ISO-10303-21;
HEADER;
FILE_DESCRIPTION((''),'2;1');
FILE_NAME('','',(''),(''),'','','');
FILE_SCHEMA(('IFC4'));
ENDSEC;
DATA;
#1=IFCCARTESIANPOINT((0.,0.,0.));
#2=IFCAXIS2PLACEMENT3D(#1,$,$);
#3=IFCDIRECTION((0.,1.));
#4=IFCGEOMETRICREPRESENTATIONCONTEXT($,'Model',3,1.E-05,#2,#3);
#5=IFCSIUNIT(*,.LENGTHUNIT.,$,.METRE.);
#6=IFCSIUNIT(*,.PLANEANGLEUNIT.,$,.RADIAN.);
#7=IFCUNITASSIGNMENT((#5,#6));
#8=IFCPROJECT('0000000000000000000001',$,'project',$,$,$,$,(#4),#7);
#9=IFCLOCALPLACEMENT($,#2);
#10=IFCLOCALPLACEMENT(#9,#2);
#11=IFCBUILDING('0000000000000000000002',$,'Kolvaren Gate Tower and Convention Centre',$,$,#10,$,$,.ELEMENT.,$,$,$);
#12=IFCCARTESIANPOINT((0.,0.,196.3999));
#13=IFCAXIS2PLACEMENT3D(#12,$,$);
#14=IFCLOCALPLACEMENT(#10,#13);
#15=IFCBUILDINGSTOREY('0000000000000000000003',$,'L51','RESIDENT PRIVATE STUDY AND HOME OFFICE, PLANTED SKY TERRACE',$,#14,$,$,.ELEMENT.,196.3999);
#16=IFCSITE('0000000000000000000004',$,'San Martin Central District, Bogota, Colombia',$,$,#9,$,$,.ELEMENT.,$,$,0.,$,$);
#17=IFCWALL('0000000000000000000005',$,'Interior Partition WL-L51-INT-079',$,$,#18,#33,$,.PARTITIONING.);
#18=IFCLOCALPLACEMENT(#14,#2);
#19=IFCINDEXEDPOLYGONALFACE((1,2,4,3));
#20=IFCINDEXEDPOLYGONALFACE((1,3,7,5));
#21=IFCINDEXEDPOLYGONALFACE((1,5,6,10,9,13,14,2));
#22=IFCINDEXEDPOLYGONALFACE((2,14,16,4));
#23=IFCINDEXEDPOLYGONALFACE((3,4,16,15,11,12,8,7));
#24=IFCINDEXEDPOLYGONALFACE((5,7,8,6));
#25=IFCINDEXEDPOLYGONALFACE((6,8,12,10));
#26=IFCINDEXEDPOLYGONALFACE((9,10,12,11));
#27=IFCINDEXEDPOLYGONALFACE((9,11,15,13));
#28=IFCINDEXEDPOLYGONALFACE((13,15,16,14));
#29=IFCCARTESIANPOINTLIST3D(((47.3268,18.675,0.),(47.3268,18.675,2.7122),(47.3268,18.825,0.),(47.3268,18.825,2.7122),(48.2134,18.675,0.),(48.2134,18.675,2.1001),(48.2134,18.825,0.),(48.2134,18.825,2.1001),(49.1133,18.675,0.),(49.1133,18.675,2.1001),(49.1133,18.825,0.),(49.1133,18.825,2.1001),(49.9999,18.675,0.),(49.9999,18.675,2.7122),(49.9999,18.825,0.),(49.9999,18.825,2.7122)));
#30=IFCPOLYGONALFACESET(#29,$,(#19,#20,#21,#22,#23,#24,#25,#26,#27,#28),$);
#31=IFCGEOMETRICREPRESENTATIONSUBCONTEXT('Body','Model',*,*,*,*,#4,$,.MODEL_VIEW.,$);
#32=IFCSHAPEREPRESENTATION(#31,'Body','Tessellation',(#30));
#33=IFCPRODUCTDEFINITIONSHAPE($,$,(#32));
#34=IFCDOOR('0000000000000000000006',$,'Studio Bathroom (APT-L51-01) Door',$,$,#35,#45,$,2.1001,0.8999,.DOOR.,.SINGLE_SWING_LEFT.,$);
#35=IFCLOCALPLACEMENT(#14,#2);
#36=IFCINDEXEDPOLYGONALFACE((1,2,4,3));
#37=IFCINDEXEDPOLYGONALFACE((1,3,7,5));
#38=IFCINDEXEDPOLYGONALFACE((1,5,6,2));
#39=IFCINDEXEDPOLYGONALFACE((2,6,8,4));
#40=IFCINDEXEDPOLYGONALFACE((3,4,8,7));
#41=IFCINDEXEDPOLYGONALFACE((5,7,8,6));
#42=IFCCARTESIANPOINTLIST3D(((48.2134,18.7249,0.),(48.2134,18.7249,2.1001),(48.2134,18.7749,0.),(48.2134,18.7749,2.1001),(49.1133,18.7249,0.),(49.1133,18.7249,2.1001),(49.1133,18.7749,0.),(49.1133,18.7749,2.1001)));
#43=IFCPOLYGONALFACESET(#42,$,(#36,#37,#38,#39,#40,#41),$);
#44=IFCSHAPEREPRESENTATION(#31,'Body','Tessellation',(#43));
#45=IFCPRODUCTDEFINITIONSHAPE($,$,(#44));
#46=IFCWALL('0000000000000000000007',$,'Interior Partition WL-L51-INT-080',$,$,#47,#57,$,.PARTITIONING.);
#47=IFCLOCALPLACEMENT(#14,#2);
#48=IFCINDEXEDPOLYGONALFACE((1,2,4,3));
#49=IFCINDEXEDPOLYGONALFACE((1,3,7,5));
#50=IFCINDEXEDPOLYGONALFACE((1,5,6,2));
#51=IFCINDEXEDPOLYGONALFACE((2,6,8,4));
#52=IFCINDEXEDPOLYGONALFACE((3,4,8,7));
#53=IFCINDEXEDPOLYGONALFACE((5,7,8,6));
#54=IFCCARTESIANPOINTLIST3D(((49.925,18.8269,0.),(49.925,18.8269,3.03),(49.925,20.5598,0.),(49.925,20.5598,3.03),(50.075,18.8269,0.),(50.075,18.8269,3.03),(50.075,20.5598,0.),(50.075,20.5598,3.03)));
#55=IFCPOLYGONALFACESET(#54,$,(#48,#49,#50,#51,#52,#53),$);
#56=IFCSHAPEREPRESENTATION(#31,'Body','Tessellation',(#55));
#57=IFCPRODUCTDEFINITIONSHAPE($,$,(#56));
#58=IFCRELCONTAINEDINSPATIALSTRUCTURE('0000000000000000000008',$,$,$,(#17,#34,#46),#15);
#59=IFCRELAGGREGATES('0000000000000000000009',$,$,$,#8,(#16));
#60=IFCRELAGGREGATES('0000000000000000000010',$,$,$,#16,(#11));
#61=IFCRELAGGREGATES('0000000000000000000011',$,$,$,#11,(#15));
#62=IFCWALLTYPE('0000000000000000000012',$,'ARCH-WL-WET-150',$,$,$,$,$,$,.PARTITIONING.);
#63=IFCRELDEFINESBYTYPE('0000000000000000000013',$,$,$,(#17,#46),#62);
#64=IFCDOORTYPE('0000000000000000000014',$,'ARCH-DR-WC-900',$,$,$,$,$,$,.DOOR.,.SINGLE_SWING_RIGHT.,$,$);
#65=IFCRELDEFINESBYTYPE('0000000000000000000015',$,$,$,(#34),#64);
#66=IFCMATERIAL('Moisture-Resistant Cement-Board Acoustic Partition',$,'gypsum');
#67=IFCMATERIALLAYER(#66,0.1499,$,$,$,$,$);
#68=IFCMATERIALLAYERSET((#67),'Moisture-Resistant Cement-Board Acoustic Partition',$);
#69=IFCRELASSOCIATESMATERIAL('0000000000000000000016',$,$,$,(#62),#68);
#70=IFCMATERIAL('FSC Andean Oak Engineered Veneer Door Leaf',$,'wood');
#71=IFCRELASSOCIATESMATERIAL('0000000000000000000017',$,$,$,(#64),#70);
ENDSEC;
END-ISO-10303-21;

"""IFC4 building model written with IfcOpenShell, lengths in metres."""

from ifc_helpers import new_model, si_unit, direction, frame, frame_2d, origin, place, context, subcontext, project, spatial, rectangle, extrude, material, layer, layer_set, type_object, element, fill, save


model = new_model("IFC4")

# Units and contexts
model_context = context("Model", 3, precision=1e-05, world=origin(), true_north=direction((0.0, 1.0)))
body_context = subcontext(model_context, "Body", "Model", "MODEL_VIEW")
ifc_project = project(units=[si_unit("LENGTHUNIT", "METRE"), si_unit("PLANEANGLEUNIT", "RADIAN")], contexts=[model_context])

# Site, building, storey
site_placement = place(None, origin())
site = spatial("IfcSite", under=ifc_project, at=site_placement, Name="San Martin Central District, Bogota, Colombia", CompositionType="ELEMENT", RefElevation=0.0)
building_placement = place(site_placement, origin())
building = spatial("IfcBuilding", under=site, at=building_placement, Name="Kolvaren Gate Tower and Convention Centre", CompositionType="ELEMENT")
storey_placement = place(building_placement, frame((0.0, 0.0, 196.3999)))
storey = spatial("IfcBuildingStorey", under=building, at=storey_placement, Name="L51", Description="RESIDENT PRIVATE STUDY AND HOME OFFICE, PLANTED SKY TERRACE", CompositionType="ELEMENT", Elevation=196.3999)

# Shared definitions
ifc_material_1 = material(Name="Moisture-Resistant Cement-Board Acoustic Partition", Category="gypsum")
ifc_layer_1 = layer(ifc_material_1, 0.1499)
ifc_layer_set_1 = layer_set([ifc_layer_1], Name="Moisture-Resistant Cement-Board Acoustic Partition")
wall_type_1 = type_object("IfcWallType", Name="ARCH-WL-WET-150", PredefinedType="PARTITIONING", material=ifc_layer_set_1)

# Wall, opening, door
wall_1_placement = place(storey_placement, frame((47.3269, 18.75, 0.0), z_axis=(0.0, 0.0, 1.0), x_axis=(1.0, 0.0, 0.0)))
wall_1 = element("IfcWall", 1, at=wall_1_placement, inside=storey, type_object=wall_type_1, Name="Interior Partition WL-L51-INT-079", PredefinedType="PARTITIONING", context=body_context, shape_type="SweptSolid", body=[
    extrude(rectangle(XDim=2.6731, YDim=0.1499, at=frame_2d((1.3364, 0.0))), origin(), (0.0, 0.0, 1.0), 2.7122),
])
opening_1_placement = place(wall_1_placement, frame((0.8865, 0.0, 0.0)))
opening_1 = element("IfcOpeningElement", 2, at=opening_1_placement, cuts=wall_1, PredefinedType="OPENING", context=body_context, shape_type="SweptSolid", body=[
    extrude(rectangle(XDim=0.8999, YDim=2.1001, at=frame_2d((0.45, 1.05))), frame((0.0, 0.085, 0.0), z_axis=(0.0, -1.0, 0.0), x_axis=(1.0, 0.0, 0.0)), (0.0, 0.0, 1.0), 0.1699),
])
ifc_material_2 = material(Name="FSC Andean Oak Engineered Veneer Door Leaf", Category="wood")
door_type_1 = type_object("IfcDoorType", Name="ARCH-DR-WC-900", OperationType="SINGLE_SWING_RIGHT", PredefinedType="DOOR", material=ifc_material_2)
door_1_placement = place(opening_1_placement, origin())
door_1 = element("IfcDoor", 3, at=door_1_placement, inside=storey, type_object=door_type_1, Name="Studio Bathroom (APT-L51-01) Door", OperationType="SINGLE_SWING_LEFT", OverallHeight=2.1001, OverallWidth=0.8999, PredefinedType="DOOR", context=body_context, shape_type="SweptSolid", body=[
    extrude(rectangle(XDim=0.8999, YDim=2.1001, at=frame_2d((0.45, 1.05))), frame((0.0, 0.0249, 0.0), z_axis=(0.0, -1.0, 0.0), x_axis=(1.0, 0.0, 0.0)), (0.0, 0.0, 1.0), 0.05),
])
fill(opening_1, door_1)

# Wall
wall_2_placement = place(storey_placement, frame((50.0, 18.8269, 0.0), z_axis=(0.0, 0.0, 1.0), x_axis=(0.0, 1.0, 0.0)))
element("IfcWall", 4, at=wall_2_placement, inside=storey, type_object=wall_type_1, Name="Interior Partition WL-L51-INT-080", PredefinedType="PARTITIONING", context=body_context, shape_type="SweptSolid", body=[
    extrude(rectangle(XDim=1.7329, YDim=0.1499, at=frame_2d((0.8665, 0.0))), origin(), (0.0, 0.0, 1.0), 3.03),
])

save(model, "model.ifc")
